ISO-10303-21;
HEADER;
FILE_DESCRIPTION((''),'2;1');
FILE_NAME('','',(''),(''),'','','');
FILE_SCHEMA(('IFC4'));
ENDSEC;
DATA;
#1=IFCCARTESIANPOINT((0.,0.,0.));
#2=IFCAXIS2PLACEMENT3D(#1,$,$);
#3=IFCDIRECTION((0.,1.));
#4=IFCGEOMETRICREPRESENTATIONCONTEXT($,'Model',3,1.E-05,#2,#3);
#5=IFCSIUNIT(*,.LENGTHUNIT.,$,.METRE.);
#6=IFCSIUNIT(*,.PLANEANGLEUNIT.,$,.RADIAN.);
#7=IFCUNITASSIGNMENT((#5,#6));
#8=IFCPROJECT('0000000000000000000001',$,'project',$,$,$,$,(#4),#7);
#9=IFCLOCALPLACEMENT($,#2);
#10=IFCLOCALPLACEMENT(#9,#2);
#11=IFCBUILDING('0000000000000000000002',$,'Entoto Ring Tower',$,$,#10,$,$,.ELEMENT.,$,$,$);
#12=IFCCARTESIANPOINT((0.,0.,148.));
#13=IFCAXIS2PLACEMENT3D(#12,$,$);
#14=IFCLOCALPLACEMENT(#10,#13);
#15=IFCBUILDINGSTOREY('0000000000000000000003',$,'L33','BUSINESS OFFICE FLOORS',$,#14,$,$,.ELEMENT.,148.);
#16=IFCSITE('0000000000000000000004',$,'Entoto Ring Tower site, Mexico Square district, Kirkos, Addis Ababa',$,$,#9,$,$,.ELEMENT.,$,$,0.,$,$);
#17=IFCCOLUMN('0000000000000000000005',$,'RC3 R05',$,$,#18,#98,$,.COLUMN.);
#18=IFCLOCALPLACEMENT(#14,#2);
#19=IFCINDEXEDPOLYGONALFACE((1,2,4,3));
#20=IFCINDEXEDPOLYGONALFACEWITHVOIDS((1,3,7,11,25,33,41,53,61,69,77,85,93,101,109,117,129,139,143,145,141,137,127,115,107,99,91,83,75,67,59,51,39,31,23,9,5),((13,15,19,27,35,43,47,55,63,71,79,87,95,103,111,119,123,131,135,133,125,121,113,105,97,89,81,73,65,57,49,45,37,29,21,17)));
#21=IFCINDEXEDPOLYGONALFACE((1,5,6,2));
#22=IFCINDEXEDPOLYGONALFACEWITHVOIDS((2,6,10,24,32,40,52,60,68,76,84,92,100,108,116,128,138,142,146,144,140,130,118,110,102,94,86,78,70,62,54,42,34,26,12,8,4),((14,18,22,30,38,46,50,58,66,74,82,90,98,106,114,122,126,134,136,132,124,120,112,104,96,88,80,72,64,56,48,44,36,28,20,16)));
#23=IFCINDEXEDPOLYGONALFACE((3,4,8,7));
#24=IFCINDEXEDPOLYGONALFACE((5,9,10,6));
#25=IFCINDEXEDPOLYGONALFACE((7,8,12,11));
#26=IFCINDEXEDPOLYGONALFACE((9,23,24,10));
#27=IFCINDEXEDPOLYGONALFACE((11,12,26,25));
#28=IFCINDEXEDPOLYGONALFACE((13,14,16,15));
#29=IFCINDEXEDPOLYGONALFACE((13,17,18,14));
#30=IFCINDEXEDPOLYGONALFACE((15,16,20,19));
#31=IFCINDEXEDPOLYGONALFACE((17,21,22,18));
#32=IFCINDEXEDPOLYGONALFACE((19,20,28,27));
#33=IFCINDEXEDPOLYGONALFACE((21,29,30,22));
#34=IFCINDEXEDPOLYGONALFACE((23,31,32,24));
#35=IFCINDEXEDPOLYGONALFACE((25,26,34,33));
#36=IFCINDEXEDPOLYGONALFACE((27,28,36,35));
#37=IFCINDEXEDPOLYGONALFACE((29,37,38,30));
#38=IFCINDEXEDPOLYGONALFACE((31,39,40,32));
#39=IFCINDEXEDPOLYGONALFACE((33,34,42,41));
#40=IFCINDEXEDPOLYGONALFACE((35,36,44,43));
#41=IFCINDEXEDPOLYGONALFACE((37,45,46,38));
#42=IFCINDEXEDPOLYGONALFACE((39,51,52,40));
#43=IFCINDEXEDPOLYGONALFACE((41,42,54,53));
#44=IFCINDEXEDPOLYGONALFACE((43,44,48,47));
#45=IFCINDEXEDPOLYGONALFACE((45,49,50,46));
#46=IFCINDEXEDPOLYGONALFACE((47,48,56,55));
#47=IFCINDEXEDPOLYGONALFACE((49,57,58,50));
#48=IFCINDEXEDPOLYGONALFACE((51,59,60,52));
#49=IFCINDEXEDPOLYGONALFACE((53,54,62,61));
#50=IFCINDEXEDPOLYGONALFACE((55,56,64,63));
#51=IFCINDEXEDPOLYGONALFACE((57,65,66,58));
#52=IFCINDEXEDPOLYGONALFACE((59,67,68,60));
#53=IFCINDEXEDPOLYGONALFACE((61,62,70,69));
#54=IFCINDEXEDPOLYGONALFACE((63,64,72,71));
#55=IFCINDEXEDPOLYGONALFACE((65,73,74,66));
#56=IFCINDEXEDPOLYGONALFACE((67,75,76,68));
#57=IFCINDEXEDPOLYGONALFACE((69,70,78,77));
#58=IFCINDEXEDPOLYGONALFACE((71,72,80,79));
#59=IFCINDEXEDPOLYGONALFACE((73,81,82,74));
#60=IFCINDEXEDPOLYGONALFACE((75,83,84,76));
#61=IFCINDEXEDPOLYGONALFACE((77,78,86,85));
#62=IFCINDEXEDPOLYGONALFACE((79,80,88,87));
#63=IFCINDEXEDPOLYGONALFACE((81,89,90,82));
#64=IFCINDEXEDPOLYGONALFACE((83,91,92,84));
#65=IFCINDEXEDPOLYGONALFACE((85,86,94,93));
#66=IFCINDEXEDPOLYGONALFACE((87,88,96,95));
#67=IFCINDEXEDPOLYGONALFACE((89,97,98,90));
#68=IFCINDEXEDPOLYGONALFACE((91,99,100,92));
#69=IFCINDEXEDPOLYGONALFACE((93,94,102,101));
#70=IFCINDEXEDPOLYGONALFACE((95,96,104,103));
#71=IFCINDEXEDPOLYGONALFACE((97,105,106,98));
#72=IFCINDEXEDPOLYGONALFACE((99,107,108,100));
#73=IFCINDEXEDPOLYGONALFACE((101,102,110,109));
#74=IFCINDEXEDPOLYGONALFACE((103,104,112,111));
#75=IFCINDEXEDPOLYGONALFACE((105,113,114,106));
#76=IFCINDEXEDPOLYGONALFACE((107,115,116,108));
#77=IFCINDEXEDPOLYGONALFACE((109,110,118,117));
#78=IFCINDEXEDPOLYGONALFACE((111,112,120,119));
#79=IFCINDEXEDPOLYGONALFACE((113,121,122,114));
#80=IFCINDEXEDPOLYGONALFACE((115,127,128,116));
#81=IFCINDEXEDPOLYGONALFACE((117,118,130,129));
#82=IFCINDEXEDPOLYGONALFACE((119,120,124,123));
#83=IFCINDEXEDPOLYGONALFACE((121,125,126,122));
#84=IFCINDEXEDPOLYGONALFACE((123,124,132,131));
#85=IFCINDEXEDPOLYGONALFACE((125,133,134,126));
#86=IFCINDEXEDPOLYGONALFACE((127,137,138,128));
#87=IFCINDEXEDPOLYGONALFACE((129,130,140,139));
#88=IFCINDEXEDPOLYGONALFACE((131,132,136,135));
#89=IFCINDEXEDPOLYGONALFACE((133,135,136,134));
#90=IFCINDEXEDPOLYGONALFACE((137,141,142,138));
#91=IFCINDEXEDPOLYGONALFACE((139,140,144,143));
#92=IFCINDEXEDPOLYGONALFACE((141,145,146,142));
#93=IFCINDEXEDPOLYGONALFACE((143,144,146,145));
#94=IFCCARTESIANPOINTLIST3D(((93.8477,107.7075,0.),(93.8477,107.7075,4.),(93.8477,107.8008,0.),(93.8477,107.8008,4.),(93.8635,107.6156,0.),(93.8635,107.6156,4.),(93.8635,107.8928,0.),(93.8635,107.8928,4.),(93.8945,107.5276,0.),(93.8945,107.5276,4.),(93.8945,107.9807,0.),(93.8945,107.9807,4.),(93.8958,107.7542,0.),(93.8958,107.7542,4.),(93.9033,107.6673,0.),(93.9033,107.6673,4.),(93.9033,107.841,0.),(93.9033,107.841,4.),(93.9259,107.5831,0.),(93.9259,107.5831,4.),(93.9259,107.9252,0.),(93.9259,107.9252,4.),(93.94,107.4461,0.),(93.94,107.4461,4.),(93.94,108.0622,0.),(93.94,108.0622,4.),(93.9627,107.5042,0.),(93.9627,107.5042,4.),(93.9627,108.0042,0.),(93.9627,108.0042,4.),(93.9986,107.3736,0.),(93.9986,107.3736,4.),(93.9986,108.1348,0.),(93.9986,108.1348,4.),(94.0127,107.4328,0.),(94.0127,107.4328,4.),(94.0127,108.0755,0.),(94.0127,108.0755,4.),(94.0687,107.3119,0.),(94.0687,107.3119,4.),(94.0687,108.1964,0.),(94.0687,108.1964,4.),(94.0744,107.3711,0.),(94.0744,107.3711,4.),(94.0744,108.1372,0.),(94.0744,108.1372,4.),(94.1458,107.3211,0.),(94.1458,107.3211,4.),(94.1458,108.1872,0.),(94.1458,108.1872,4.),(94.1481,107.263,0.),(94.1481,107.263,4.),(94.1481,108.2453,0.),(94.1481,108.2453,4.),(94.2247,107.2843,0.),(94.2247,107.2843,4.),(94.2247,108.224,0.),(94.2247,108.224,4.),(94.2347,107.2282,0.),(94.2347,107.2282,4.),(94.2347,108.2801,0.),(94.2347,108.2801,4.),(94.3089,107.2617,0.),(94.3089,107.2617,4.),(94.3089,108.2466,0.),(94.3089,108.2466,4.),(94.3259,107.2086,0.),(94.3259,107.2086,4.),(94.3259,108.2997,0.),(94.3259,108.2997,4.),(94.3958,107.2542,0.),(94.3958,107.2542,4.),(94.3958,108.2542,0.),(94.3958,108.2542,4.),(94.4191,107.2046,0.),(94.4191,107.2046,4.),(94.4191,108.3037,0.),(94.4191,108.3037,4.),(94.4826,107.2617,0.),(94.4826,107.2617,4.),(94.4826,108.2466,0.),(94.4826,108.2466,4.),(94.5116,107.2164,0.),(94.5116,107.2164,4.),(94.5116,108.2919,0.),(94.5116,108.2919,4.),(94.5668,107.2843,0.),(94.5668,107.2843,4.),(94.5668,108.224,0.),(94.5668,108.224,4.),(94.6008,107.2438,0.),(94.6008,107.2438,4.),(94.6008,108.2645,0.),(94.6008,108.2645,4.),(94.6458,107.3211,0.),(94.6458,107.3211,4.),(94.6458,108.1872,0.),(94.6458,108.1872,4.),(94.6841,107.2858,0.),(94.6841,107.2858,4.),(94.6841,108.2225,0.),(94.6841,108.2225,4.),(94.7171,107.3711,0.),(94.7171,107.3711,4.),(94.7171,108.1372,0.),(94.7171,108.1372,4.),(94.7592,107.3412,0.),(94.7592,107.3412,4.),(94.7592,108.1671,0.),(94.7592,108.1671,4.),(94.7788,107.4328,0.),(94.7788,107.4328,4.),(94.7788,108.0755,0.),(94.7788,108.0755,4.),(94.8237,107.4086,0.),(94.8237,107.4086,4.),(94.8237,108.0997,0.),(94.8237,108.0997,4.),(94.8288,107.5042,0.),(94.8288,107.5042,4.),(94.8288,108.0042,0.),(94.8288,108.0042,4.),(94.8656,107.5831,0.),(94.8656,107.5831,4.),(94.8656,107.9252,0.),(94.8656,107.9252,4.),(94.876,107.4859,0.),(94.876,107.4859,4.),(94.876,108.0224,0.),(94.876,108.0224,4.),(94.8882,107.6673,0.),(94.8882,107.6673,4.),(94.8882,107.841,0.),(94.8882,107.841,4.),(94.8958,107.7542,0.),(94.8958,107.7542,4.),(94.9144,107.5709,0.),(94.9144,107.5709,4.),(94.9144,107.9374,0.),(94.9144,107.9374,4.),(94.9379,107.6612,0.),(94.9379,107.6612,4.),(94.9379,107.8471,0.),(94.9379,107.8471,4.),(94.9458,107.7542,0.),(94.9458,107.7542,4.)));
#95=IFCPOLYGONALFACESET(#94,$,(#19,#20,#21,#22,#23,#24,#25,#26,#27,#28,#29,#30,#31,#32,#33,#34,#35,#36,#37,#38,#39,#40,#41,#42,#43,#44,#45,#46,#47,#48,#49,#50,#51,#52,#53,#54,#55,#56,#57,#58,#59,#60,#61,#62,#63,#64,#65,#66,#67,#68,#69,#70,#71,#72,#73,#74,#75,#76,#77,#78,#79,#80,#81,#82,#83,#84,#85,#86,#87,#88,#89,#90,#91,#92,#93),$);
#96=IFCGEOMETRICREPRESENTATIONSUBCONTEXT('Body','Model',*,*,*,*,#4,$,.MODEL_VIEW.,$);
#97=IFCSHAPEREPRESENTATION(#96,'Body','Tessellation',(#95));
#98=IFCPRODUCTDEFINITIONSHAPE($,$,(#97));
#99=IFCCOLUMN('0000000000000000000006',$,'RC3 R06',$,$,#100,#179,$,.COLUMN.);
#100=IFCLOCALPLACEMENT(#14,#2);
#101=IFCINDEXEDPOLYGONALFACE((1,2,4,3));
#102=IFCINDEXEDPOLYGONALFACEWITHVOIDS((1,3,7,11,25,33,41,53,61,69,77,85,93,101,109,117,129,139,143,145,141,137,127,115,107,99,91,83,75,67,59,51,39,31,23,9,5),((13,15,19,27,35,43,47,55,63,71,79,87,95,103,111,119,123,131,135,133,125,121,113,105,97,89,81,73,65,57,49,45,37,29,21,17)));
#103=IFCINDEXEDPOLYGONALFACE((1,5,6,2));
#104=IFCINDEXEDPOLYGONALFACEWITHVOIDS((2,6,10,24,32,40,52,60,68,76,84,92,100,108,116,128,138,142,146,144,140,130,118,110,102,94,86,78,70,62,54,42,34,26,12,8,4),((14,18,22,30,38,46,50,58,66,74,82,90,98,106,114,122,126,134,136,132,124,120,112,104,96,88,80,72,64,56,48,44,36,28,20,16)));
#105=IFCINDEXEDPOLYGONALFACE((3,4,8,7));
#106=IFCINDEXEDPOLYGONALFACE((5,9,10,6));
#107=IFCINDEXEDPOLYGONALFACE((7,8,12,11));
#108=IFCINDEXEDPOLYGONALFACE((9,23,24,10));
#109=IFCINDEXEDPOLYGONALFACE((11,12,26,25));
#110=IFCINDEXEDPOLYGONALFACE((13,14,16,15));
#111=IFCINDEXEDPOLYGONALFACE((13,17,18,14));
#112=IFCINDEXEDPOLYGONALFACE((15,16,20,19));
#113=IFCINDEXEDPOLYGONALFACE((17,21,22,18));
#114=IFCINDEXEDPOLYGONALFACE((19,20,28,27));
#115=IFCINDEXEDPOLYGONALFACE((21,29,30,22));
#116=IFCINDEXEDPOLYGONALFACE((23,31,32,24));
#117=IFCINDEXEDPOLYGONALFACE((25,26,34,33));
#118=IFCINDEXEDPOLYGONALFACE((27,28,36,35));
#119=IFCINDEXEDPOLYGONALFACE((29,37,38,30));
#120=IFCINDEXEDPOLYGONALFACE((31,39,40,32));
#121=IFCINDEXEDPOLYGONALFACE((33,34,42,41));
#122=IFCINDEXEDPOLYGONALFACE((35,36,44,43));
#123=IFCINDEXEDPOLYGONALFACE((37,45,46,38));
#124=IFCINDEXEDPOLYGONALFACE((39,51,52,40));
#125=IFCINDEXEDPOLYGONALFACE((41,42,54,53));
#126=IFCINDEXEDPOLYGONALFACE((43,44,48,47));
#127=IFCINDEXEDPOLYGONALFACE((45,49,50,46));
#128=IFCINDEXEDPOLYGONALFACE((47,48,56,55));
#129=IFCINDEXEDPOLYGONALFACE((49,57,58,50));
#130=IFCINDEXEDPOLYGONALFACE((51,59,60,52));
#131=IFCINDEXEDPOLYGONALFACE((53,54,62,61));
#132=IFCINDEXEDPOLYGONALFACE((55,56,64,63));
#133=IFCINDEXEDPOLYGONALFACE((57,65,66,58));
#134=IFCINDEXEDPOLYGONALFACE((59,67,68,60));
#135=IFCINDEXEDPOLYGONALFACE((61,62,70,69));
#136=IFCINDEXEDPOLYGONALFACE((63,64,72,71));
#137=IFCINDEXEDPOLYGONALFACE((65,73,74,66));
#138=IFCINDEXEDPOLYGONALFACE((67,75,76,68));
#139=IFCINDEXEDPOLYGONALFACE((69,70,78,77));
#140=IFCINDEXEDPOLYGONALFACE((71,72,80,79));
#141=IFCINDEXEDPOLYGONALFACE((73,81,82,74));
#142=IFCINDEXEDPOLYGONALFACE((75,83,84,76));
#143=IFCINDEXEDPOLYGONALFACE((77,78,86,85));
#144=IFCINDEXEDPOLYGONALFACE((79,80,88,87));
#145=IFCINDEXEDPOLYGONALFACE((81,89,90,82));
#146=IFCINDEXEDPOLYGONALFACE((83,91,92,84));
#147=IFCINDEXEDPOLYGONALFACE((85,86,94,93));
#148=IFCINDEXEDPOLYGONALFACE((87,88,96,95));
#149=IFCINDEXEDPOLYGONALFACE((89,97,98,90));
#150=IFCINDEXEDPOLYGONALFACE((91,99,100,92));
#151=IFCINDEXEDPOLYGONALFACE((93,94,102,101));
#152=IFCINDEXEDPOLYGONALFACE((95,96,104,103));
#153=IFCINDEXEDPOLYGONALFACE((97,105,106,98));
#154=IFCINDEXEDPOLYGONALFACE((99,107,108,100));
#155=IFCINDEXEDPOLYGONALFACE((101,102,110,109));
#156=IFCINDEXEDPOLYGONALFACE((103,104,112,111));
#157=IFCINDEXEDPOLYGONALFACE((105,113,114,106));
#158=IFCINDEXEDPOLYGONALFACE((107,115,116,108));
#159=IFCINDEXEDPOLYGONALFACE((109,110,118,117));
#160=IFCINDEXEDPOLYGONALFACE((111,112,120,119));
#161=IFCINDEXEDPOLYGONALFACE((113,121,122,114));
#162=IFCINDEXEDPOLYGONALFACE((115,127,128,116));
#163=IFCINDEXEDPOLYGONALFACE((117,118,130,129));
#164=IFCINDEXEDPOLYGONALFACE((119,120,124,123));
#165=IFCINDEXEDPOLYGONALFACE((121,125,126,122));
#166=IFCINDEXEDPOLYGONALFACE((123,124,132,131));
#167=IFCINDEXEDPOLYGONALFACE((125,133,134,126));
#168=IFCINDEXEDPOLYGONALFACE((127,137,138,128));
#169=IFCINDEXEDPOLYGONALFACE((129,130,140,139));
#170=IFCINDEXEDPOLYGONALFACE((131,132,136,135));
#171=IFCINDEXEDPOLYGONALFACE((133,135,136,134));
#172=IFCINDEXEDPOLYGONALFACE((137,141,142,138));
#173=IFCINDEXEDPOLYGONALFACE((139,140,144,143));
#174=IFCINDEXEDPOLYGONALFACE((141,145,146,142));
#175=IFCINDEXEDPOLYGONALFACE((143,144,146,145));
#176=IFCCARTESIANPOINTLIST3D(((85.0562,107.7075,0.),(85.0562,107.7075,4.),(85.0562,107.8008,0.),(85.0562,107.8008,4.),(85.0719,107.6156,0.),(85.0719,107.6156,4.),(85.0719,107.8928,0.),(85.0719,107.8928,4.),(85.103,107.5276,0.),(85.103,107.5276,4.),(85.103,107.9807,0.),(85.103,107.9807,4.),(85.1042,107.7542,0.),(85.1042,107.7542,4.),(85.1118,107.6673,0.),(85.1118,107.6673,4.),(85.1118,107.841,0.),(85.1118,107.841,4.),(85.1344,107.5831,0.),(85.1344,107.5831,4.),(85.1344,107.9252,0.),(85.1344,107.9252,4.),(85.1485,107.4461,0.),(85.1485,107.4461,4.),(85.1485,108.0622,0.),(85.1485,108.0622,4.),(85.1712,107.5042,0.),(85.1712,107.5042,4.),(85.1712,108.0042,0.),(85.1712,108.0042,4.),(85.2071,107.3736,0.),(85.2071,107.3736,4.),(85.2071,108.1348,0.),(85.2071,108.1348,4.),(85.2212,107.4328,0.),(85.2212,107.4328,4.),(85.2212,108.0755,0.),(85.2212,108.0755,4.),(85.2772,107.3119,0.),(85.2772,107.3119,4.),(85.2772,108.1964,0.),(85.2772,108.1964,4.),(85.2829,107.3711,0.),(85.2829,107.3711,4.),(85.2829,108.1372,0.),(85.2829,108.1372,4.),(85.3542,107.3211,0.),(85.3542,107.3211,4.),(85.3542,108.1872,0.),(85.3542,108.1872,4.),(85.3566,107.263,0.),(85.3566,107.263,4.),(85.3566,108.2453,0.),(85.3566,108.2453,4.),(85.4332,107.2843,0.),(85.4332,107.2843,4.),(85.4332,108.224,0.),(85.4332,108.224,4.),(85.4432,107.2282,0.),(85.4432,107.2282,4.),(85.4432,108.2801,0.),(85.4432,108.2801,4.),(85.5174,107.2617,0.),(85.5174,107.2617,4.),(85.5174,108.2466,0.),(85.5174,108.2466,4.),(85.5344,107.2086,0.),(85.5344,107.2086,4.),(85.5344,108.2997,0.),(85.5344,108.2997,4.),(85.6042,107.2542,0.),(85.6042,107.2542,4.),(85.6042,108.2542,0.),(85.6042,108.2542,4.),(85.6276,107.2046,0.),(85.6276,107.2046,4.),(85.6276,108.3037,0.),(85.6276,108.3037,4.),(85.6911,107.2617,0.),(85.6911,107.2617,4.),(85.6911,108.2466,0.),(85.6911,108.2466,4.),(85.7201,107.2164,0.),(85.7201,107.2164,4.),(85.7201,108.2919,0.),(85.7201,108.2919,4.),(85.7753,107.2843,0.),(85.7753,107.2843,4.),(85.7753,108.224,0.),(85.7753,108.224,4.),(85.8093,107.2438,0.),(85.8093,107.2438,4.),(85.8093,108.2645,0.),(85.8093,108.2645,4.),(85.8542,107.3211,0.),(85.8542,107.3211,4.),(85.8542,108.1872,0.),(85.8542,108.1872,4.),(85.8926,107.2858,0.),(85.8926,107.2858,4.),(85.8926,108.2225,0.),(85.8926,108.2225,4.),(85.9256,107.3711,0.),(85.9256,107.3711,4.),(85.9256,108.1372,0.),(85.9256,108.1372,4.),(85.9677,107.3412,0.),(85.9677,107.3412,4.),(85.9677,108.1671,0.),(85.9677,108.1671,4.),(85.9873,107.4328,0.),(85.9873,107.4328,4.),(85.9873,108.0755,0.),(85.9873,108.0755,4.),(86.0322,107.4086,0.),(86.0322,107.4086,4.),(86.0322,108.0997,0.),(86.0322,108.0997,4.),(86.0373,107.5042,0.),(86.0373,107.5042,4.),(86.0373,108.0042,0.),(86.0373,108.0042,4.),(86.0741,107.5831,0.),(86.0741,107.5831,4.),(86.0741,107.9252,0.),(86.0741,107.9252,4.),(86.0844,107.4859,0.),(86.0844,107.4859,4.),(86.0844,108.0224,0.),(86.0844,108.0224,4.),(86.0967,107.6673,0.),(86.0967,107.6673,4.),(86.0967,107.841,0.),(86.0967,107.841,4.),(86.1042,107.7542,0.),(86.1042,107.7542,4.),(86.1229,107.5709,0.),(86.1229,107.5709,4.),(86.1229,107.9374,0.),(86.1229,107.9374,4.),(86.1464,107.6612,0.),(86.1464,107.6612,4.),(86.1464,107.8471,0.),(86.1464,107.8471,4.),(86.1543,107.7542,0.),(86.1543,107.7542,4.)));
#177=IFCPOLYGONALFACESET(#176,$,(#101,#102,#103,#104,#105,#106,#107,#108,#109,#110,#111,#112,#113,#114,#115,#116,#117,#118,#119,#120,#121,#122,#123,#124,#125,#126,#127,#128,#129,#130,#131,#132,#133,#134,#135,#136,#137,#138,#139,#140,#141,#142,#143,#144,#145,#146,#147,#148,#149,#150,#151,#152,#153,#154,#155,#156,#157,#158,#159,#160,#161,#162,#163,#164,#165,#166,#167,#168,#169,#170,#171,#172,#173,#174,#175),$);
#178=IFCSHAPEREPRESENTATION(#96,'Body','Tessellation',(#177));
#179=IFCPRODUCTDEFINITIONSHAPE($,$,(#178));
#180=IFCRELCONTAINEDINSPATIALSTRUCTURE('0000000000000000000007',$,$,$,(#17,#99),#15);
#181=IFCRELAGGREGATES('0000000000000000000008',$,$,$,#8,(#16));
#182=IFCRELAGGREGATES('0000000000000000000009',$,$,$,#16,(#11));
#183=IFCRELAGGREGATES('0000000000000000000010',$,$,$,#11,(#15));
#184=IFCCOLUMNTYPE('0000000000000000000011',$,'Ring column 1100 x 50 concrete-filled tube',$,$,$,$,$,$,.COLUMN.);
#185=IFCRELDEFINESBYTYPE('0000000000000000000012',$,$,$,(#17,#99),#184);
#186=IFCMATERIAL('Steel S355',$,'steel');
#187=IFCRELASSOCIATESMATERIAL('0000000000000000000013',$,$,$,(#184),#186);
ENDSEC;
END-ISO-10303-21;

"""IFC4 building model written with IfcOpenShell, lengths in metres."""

from ifc_helpers import new_model, si_unit, direction, frame, origin, origin_2d, place, context, subcontext, project, spatial, circle, hollow_circle, extrude, material, material_profile, profile_set, type_object, element, save


model = new_model("IFC4")

# Units and contexts
model_context = context("Model", 3, precision=1e-05, world=origin(), true_north=direction((0.0, 1.0)))
body_context = subcontext(model_context, "Body", "Model", "MODEL_VIEW")
ifc_project = project(units=[si_unit("LENGTHUNIT", "METRE"), si_unit("PLANEANGLEUNIT", "RADIAN")], contexts=[model_context])

# Site, building, storey
site_placement = place(None, origin())
site = spatial("IfcSite", under=ifc_project, at=site_placement, Name="Entoto Ring Tower site, Mexico Square district, Kirkos, Addis Ababa", CompositionType="ELEMENT", RefElevation=0.0)
building_placement = place(site_placement, origin())
building = spatial("IfcBuilding", under=site, at=building_placement, Name="Entoto Ring Tower", CompositionType="ELEMENT")
storey_placement = place(building_placement, frame((0.0, 0.0, 148.0)))
storey = spatial("IfcBuildingStorey", under=building, at=storey_placement, Name="L33", Description="BUSINESS OFFICE FLOORS", CompositionType="ELEMENT", Elevation=148.0)

# Columns
ifc_material_1 = material(Name="Steel S355", Category="steel")
ifc_material_profile_1 = material_profile(ifc_material_1, hollow_circle(Radius=0.55, WallThickness=0.05, at=origin_2d()), Name="CHS 1100 x 50")
ifc_material_2 = material(Name="Concrete C60/75", Category="concrete")
ifc_material_profile_2 = material_profile(ifc_material_2, circle(Radius=0.5, at=origin_2d()), Name="Concrete C60/75 infill")
ifc_profile_set_1 = profile_set([ifc_material_profile_1, ifc_material_profile_2], Name="Steel S355")
column_type = type_object("IfcColumnType", Name="Ring column 1100 x 50 concrete-filled tube", PredefinedType="COLUMN", material=ifc_profile_set_1)
for number, where, z_axis, x_axis, name in (
    (1, (94.3958, 107.7542, 0.0), (0.0, 0.0, 1.0), (1.0, 0.0, 0.0), "RC3 R05"),
    (2, (85.6042, 107.7542, 0.0), (0.0, 0.0, 1.0), (1.0, 0.0, 0.0), "RC3 R06"),
):
    element("IfcColumn", number, at=place(storey_placement, frame(where, z_axis=z_axis, x_axis=x_axis)), inside=storey, type_object=column_type, Name=name, PredefinedType="COLUMN", context=body_context, shape_type="SweptSolid", body=[
        extrude(hollow_circle(Radius=0.55, WallThickness=0.05, at=origin_2d()), origin(), (0.0, 0.0, 1.0), 4.0),
    ])

save(model, "model.ifc")
